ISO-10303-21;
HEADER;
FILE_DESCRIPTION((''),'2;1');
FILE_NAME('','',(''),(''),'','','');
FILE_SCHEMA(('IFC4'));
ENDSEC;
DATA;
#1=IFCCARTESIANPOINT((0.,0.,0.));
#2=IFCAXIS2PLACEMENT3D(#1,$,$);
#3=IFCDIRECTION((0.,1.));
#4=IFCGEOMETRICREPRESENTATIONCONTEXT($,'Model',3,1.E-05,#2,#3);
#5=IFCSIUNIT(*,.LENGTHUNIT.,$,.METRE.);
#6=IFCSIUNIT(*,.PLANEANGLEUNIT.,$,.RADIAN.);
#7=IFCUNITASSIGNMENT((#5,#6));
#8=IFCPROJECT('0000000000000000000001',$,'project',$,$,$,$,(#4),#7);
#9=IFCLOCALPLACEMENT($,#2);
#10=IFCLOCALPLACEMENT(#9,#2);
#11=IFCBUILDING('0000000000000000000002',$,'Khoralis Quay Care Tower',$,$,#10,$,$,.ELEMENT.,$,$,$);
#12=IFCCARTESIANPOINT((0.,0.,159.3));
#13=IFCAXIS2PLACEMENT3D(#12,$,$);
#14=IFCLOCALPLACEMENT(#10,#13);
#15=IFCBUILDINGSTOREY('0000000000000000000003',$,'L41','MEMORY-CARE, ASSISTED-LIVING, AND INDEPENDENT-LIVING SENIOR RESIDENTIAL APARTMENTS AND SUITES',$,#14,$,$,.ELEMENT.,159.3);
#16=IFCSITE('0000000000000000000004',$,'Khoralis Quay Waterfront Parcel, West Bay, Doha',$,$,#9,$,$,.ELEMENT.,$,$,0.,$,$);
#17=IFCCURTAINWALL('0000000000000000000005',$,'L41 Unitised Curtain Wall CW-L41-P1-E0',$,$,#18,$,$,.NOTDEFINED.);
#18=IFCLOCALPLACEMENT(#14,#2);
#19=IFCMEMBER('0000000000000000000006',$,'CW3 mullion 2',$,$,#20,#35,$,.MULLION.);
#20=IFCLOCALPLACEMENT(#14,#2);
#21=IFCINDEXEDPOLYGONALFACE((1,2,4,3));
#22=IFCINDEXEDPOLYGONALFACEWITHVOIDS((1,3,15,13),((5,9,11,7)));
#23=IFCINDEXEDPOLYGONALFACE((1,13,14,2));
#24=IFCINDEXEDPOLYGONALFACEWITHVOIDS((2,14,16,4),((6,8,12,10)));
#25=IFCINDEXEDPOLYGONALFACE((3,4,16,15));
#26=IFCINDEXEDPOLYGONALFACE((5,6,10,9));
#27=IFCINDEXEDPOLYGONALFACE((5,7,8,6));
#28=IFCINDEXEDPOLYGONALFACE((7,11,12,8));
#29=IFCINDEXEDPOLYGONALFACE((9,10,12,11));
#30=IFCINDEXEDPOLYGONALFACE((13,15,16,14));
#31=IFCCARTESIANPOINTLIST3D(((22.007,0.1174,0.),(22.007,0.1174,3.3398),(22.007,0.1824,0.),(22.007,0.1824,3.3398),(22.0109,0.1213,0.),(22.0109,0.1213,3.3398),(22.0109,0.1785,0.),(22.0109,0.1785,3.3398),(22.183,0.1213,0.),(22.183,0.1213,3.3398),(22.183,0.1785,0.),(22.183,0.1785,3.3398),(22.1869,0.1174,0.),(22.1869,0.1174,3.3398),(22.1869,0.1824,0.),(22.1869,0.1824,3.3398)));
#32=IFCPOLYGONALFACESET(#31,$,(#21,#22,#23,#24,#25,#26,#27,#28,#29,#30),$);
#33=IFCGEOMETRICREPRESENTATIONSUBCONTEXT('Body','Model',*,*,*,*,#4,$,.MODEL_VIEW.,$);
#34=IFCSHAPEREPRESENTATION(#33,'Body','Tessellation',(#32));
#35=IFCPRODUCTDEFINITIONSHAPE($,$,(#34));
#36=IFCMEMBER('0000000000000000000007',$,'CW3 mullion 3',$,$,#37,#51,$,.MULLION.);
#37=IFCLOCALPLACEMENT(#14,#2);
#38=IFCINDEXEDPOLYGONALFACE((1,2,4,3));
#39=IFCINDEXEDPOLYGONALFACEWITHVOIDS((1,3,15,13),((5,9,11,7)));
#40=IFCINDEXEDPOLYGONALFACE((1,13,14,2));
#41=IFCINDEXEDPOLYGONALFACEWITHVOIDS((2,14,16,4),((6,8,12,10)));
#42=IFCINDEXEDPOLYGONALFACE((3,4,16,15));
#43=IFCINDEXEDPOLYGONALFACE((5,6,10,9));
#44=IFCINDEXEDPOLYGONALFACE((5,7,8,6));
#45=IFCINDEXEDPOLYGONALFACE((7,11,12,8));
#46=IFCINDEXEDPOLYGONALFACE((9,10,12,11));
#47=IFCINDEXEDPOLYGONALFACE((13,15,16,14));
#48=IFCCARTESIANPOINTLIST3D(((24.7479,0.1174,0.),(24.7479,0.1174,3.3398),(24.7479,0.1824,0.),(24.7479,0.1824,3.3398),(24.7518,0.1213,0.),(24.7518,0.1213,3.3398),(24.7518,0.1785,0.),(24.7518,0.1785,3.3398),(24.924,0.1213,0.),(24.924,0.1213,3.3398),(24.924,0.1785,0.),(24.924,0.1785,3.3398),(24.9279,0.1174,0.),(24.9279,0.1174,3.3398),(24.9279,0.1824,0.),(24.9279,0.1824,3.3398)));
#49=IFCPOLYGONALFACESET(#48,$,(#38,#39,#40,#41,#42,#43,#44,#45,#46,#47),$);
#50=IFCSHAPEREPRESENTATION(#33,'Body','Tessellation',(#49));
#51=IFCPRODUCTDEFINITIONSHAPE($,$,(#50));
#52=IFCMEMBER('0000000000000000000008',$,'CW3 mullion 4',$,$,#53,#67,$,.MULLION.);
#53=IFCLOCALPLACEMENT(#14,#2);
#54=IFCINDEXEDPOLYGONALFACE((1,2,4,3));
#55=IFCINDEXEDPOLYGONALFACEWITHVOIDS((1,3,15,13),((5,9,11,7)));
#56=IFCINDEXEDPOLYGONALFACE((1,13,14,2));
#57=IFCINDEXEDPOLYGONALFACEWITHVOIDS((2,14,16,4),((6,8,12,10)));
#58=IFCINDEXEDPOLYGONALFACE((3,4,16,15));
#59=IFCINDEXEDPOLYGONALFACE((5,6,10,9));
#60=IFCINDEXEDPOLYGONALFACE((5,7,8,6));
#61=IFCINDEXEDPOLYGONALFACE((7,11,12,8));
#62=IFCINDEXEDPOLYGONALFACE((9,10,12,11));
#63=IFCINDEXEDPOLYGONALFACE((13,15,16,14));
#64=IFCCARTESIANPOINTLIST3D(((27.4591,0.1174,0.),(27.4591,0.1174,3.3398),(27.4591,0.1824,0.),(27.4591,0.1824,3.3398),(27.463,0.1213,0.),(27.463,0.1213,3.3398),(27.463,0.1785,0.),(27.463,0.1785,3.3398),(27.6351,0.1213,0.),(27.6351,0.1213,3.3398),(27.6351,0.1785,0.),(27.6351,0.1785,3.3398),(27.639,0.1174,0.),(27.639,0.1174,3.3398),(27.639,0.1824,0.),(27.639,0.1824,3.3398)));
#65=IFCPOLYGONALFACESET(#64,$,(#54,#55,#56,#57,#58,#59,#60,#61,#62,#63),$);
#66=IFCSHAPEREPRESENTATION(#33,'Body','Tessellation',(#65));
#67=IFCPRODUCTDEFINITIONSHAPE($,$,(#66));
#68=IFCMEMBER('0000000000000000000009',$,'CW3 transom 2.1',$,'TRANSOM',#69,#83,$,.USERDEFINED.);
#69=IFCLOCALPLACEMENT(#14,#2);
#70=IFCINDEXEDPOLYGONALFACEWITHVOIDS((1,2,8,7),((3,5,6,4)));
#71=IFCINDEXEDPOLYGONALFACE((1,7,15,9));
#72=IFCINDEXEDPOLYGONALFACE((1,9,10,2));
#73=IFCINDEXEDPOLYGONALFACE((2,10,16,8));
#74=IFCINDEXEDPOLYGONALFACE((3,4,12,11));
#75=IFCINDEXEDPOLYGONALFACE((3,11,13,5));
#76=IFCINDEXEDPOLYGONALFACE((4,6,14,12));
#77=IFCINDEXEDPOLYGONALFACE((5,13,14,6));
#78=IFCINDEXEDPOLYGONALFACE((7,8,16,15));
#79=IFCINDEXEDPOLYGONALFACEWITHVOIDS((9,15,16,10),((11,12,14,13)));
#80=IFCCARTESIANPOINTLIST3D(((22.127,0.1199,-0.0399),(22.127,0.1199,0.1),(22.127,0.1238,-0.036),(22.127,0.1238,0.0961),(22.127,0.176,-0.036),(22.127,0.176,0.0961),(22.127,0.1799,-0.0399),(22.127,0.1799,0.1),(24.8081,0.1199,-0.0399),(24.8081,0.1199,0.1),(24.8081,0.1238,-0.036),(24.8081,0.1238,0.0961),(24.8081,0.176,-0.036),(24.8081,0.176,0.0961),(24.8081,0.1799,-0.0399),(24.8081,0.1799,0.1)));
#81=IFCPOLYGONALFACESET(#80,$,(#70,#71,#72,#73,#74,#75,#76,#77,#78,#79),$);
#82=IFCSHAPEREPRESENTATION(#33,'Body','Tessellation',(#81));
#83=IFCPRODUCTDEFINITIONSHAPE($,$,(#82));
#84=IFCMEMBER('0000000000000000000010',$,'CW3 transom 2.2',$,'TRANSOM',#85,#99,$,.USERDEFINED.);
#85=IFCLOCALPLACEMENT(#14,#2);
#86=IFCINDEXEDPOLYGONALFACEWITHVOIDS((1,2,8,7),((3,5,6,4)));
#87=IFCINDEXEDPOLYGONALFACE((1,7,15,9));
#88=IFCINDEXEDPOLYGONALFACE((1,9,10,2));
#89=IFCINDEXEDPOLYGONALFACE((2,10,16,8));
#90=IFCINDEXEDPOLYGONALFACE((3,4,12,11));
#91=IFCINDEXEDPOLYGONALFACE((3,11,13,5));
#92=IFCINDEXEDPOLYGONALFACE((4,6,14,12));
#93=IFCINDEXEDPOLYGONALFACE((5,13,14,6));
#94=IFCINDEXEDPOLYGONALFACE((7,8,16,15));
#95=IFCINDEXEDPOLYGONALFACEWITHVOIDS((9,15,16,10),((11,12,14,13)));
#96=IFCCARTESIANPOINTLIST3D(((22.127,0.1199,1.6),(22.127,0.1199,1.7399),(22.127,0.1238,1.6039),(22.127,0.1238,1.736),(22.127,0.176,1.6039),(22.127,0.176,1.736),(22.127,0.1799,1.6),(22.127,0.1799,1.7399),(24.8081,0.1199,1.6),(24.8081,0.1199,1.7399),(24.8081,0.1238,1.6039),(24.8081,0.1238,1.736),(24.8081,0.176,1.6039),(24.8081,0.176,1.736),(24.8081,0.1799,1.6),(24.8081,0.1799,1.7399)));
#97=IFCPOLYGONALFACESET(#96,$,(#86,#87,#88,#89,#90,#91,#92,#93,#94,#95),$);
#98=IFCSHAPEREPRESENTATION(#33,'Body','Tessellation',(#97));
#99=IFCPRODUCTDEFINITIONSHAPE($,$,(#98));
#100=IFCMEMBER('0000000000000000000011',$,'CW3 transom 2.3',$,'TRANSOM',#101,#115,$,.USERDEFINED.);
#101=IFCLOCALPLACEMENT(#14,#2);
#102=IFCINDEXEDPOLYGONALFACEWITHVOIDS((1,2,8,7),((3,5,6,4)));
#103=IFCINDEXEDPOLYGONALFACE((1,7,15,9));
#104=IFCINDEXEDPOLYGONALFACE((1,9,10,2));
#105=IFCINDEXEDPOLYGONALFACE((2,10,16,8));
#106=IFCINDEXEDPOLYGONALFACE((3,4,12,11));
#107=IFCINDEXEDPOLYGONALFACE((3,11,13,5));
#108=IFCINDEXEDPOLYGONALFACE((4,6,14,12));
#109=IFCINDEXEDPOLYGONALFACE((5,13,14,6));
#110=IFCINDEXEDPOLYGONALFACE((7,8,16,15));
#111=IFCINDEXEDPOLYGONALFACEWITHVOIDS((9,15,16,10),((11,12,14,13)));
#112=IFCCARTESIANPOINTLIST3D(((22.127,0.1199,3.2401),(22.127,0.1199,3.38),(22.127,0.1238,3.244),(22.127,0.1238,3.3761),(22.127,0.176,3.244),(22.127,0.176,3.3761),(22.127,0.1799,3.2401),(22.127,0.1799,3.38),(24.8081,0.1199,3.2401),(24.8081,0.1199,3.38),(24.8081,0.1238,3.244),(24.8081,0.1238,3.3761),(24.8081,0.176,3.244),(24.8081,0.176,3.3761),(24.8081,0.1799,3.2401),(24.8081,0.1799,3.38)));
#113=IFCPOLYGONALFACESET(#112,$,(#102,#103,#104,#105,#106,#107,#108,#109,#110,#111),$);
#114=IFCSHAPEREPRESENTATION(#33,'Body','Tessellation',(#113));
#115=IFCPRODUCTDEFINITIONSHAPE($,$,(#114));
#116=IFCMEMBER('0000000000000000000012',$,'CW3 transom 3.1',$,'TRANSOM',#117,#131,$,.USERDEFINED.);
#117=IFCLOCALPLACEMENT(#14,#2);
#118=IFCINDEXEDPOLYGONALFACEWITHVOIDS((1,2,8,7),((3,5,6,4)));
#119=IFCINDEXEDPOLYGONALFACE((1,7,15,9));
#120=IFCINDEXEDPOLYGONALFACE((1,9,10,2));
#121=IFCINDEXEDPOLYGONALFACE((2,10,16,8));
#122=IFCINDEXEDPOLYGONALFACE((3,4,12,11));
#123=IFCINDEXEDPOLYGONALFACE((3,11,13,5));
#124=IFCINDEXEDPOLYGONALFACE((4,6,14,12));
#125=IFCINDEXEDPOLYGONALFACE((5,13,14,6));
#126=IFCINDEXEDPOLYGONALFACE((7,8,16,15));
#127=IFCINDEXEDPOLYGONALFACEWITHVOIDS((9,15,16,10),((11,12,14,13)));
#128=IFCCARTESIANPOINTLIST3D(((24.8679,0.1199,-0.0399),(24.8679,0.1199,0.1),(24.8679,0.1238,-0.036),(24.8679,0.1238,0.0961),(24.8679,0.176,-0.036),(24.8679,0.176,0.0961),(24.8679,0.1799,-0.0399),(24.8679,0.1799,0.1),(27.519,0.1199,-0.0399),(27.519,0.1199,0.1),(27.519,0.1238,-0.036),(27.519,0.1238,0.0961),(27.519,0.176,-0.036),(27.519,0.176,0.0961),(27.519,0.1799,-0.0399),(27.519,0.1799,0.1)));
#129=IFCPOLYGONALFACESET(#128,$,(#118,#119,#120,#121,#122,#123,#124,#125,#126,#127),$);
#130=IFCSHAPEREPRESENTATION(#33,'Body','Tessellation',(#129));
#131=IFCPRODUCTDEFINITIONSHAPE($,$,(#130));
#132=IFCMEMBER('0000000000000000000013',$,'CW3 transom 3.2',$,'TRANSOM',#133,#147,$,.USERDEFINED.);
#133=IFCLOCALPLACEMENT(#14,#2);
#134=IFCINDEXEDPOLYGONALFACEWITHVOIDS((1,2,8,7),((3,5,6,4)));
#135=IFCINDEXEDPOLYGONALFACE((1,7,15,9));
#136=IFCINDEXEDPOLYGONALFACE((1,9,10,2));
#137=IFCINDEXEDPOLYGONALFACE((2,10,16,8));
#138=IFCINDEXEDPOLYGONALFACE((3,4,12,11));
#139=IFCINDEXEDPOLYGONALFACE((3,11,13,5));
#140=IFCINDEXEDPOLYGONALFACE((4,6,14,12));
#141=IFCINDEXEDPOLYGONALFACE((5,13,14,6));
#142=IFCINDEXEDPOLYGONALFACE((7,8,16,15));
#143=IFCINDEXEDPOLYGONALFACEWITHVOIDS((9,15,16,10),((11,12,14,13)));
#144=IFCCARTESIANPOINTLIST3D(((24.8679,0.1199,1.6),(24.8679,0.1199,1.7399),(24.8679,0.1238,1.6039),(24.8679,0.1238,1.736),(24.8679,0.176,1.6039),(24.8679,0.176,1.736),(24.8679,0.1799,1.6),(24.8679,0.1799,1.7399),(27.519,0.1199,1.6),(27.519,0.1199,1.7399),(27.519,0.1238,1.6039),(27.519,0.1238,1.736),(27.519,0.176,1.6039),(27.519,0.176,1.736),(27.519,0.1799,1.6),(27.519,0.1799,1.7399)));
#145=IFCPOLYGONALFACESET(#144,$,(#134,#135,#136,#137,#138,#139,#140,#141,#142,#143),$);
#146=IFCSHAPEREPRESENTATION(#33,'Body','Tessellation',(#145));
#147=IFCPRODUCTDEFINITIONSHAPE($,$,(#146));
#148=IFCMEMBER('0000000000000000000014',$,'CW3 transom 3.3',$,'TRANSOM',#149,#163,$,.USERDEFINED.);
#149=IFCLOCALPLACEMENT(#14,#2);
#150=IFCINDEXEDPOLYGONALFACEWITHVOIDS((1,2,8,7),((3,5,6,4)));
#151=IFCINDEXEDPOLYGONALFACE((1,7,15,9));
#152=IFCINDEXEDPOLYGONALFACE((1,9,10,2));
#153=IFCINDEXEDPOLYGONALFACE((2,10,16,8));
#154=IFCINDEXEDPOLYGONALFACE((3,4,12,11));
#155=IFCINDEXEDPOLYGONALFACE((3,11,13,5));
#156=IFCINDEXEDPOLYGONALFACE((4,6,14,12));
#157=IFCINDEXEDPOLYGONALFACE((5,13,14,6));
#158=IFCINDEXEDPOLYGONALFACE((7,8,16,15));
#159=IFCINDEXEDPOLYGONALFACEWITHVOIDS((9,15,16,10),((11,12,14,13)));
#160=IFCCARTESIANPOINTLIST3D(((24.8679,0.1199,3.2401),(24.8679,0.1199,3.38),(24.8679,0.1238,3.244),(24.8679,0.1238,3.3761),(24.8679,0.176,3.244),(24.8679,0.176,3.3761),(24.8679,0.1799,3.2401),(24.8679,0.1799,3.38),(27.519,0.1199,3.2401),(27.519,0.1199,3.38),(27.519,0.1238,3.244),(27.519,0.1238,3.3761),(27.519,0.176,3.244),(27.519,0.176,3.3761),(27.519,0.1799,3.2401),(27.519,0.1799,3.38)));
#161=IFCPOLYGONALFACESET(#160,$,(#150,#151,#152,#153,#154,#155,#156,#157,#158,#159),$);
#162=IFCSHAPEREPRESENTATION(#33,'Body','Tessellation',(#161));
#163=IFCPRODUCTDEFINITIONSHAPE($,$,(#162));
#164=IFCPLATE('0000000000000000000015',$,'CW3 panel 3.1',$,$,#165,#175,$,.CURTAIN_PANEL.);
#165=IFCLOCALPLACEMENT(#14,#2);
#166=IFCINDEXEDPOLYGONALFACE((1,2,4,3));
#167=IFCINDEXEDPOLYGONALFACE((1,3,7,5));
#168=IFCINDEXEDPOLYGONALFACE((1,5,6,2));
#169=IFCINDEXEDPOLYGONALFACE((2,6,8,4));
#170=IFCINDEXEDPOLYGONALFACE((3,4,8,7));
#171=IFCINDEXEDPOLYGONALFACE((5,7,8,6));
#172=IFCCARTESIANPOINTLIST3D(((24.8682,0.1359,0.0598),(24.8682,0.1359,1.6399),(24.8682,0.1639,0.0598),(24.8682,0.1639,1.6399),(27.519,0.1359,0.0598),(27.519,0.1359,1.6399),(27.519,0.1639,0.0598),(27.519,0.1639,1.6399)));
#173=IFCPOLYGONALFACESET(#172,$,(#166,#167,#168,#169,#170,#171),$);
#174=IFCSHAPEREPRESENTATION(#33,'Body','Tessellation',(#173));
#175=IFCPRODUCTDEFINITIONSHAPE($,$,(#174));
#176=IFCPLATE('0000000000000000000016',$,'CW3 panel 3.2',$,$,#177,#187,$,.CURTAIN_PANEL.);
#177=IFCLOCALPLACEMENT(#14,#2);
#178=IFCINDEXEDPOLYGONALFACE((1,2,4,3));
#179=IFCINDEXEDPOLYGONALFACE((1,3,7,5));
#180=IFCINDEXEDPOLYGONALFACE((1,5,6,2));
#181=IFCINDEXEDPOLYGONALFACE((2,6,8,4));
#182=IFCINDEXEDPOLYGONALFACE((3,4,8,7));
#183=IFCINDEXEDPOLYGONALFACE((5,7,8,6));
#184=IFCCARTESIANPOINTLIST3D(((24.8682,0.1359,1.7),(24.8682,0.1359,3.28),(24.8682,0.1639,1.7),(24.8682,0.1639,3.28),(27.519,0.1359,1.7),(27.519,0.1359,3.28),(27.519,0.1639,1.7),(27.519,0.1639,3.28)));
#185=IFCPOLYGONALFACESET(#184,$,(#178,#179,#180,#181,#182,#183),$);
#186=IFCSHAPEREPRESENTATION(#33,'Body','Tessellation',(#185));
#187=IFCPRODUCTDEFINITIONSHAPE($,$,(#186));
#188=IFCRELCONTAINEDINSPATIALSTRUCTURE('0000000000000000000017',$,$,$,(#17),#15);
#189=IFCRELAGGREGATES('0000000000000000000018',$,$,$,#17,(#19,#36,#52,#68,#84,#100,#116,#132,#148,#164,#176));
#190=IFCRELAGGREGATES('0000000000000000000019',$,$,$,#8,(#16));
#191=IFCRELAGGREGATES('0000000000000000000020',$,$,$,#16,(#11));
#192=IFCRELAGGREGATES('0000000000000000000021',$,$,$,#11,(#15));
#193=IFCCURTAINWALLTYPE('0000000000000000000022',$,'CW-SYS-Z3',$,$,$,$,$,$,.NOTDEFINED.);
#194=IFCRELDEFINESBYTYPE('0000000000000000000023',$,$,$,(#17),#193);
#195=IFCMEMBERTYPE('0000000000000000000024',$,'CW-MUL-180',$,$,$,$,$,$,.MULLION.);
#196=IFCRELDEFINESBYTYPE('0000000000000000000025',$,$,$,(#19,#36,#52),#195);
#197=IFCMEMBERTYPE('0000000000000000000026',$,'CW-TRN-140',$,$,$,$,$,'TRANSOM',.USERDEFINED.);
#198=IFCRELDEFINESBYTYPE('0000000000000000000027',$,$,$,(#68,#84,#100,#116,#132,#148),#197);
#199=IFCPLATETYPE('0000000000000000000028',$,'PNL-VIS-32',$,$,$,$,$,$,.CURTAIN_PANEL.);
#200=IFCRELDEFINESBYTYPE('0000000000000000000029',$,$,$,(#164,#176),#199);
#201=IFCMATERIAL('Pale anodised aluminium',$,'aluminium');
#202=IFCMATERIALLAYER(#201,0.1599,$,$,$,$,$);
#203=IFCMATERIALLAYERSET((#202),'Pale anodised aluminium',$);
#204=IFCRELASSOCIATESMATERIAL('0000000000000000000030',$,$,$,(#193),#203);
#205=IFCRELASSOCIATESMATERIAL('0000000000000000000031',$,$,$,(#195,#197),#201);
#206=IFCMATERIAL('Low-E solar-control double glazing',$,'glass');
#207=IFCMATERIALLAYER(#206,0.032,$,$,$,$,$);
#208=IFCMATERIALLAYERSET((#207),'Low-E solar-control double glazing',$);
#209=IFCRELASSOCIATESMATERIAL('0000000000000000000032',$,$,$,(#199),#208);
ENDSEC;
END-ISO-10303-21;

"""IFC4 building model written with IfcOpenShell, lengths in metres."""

from ifc_helpers import new_model, si_unit, direction, frame, origin, origin_2d, place, context, subcontext, project, spatial, rectangle, hollow_rectangle, extrude, source, transform, mapped, material, layer, layer_set, material_profile, profile_set, type_object, element, aggregate, save


model = new_model("IFC4")

# Units and contexts
model_context = context("Model", 3, precision=1e-05, world=origin(), true_north=direction((0.0, 1.0)))
body_context = subcontext(model_context, "Body", "Model", "MODEL_VIEW")
ifc_project = project(units=[si_unit("LENGTHUNIT", "METRE"), si_unit("PLANEANGLEUNIT", "RADIAN")], contexts=[model_context])

# Site, building, storey
site_placement = place(None, origin())
site = spatial("IfcSite", under=ifc_project, at=site_placement, Name="Khoralis Quay Waterfront Parcel, West Bay, Doha", CompositionType="ELEMENT", RefElevation=0.0)
building_placement = place(site_placement, origin())
building = spatial("IfcBuilding", under=site, at=building_placement, Name="Khoralis Quay Care Tower", CompositionType="ELEMENT")
storey_placement = place(building_placement, frame((0.0, 0.0, 159.3)))
storey = spatial("IfcBuildingStorey", under=building, at=storey_placement, Name="L41", Description="MEMORY-CARE, ASSISTED-LIVING, AND INDEPENDENT-LIVING SENIOR RESIDENTIAL APARTMENTS AND SUITES", CompositionType="ELEMENT", Elevation=159.3)

# Curtain wall, members, plates
ifc_material_1 = material(Name="Pale anodised aluminium", Category="aluminium")
ifc_layer_1 = layer(ifc_material_1, 0.1599)
ifc_layer_set_1 = layer_set([ifc_layer_1], Name="Pale anodised aluminium")
curtain_wall_type = type_object("IfcCurtainWallType", Name="CW-SYS-Z3", PredefinedType="NOTDEFINED", material=ifc_layer_set_1)
curtain_wall_placement = place(storey_placement, origin())
curtain_wall = element("IfcCurtainWall", 1, at=curtain_wall_placement, inside=storey, type_object=curtain_wall_type, Name="L41 Unitised Curtain Wall CW-L41-P1-E0", PredefinedType="NOTDEFINED")
ifc_material_profile_1 = material_profile(ifc_material_1, hollow_rectangle(XDim=0.0649, YDim=0.1799, WallThickness=0.0039, at=origin_2d()), Name="Pale anodised aluminium")
ifc_profile_set_1 = profile_set([ifc_material_profile_1], Name="Pale anodised aluminium")
member_type_1 = type_object("IfcMemberType", Name="CW-MUL-180", PredefinedType="MULLION", material=ifc_profile_set_1)
shared_shape_1 = source(origin(), body_context, "Body", "SweptSolid", [
    extrude(hollow_rectangle(XDim=0.0649, YDim=0.1799, WallThickness=0.0039, at=origin_2d()), origin(), (0.0, 0.0, 1.0), 3.3398),
])
member_1_placement = place(storey_placement, frame((22.0969, 0.1499, 0.0), z_axis=(0.0, 0.0, 1.0), x_axis=(0.0, 1.0, 0.0)))
member_1 = element("IfcMember", 2, at=member_1_placement, type_object=member_type_1, Name="CW3 mullion 2", PredefinedType="MULLION", context=body_context, shape_type="MappedRepresentation", body=[
    mapped(shared_shape_1, transform((0.0, 0.0, 0.0), scale=1.0)),
])
member_2_placement = place(storey_placement, frame((24.8379, 0.1499, 0.0), z_axis=(0.0, 0.0, 1.0), x_axis=(0.0, 1.0, 0.0)))
member_2 = element("IfcMember", 3, at=member_2_placement, type_object=member_type_1, Name="CW3 mullion 3", PredefinedType="MULLION", context=body_context, shape_type="MappedRepresentation", body=[
    mapped(shared_shape_1, transform((0.0, 0.0, 0.0), scale=1.0)),
])
member_3_placement = place(storey_placement, frame((27.5491, 0.1499, 0.0), z_axis=(0.0, 0.0, 1.0), x_axis=(0.0, 1.0, 0.0)))
member_3 = element("IfcMember", 4, at=member_3_placement, type_object=member_type_1, Name="CW3 mullion 4", PredefinedType="MULLION", context=body_context, shape_type="MappedRepresentation", body=[
    mapped(shared_shape_1, transform((0.0, 0.0, 0.0), scale=1.0)),
])
ifc_material_profile_2 = material_profile(ifc_material_1, hollow_rectangle(XDim=0.0601, YDim=0.1399, WallThickness=0.0039, at=origin_2d()), Name="Pale anodised aluminium")
ifc_profile_set_2 = profile_set([ifc_material_profile_2], Name="Pale anodised aluminium")
member_type_2 = type_object("IfcMemberType", Name="CW-TRN-140", ElementType="TRANSOM", PredefinedType="USERDEFINED", material=ifc_profile_set_2)
shared_shape_2 = source(origin(), body_context, "Body", "SweptSolid", [
    extrude(hollow_rectangle(XDim=0.0601, YDim=0.1399, WallThickness=0.0039, at=origin_2d()), origin(), (0.0, 0.0, 1.0), 2.6812),
])
member_4_placement = place(storey_placement, frame((22.127, 0.1499, 0.03), z_axis=(1.0, 0.0, 0.0), x_axis=(0.0, 1.0, 0.0)))
member_4 = element("IfcMember", 5, at=member_4_placement, type_object=member_type_2, Name="CW3 transom 2.1", ObjectType="TRANSOM", PredefinedType="USERDEFINED", context=body_context, shape_type="MappedRepresentation", body=[
    mapped(shared_shape_2, transform((0.0, 0.0, 0.0), scale=1.0)),
])
member_5_placement = place(storey_placement, frame((22.127, 0.1499, 1.6699), z_axis=(1.0, 0.0, 0.0), x_axis=(0.0, 1.0, 0.0)))
member_5 = element("IfcMember", 6, at=member_5_placement, type_object=member_type_2, Name="CW3 transom 2.2", ObjectType="TRANSOM", PredefinedType="USERDEFINED", context=body_context, shape_type="MappedRepresentation", body=[
    mapped(shared_shape_2, transform((0.0, 0.0, 0.0), scale=1.0)),
])
member_6_placement = place(storey_placement, frame((22.127, 0.1499, 3.3101), z_axis=(1.0, 0.0, 0.0), x_axis=(0.0, 1.0, 0.0)))
member_6 = element("IfcMember", 7, at=member_6_placement, type_object=member_type_2, Name="CW3 transom 2.3", ObjectType="TRANSOM", PredefinedType="USERDEFINED", context=body_context, shape_type="MappedRepresentation", body=[
    mapped(shared_shape_2, transform((0.0, 0.0, 0.0), scale=1.0)),
])
shared_shape_3 = source(origin(), body_context, "Body", "SweptSolid", [
    extrude(hollow_rectangle(XDim=0.0601, YDim=0.1399, WallThickness=0.0039, at=origin_2d()), origin(), (0.0, 0.0, 1.0), 2.6511),
])
member_7_placement = place(storey_placement, frame((24.8679, 0.1499, 0.03), z_axis=(1.0, 0.0, 0.0), x_axis=(0.0, 1.0, 0.0)))
member_7 = element("IfcMember", 8, at=member_7_placement, type_object=member_type_2, Name="CW3 transom 3.1", ObjectType="TRANSOM", PredefinedType="USERDEFINED", context=body_context, shape_type="MappedRepresentation", body=[
    mapped(shared_shape_3, transform((0.0, 0.0, 0.0), scale=1.0)),
])
member_8_placement = place(storey_placement, frame((24.8679, 0.1499, 1.6699), z_axis=(1.0, 0.0, 0.0), x_axis=(0.0, 1.0, 0.0)))
member_8 = element("IfcMember", 9, at=member_8_placement, type_object=member_type_2, Name="CW3 transom 3.2", ObjectType="TRANSOM", PredefinedType="USERDEFINED", context=body_context, shape_type="MappedRepresentation", body=[
    mapped(shared_shape_3, transform((0.0, 0.0, 0.0), scale=1.0)),
])
member_9_placement = place(storey_placement, frame((24.8679, 0.1499, 3.3101), z_axis=(1.0, 0.0, 0.0), x_axis=(0.0, 1.0, 0.0)))
member_9 = element("IfcMember", 10, at=member_9_placement, type_object=member_type_2, Name="CW3 transom 3.3", ObjectType="TRANSOM", PredefinedType="USERDEFINED", context=body_context, shape_type="MappedRepresentation", body=[
    mapped(shared_shape_3, transform((0.0, 0.0, 0.0), scale=1.0)),
])
ifc_material_2 = material(Name="Low-E solar-control double glazing", Category="glass")
ifc_layer_2 = layer(ifc_material_2, 0.032)
ifc_layer_set_2 = layer_set([ifc_layer_2], Name="Low-E solar-control double glazing")
plate_type = type_object("IfcPlateType", Name="PNL-VIS-32", PredefinedType="CURTAIN_PANEL", material=ifc_layer_set_2)
shared_shape_4 = source(origin(), body_context, "Body", "SweptSolid", [
    extrude(rectangle(XDim=2.6509, YDim=0.0281, at=origin_2d()), origin(), (0.0, 0.0, 1.0), 1.5801),
])
plate_1_placement = place(storey_placement, frame((26.1936, 0.1499, 0.0598), z_axis=(0.0, 0.0, 1.0), x_axis=(1.0, 0.0, 0.0)))
plate_1 = element("IfcPlate", 11, at=plate_1_placement, type_object=plate_type, Name="CW3 panel 3.1", PredefinedType="CURTAIN_PANEL", context=body_context, shape_type="MappedRepresentation", body=[
    mapped(shared_shape_4, transform((0.0, 0.0, 0.0), scale=1.0)),
])
plate_2_placement = place(storey_placement, frame((26.1936, 0.1499, 1.7), z_axis=(0.0, 0.0, 1.0), x_axis=(1.0, 0.0, 0.0)))
plate_2 = element("IfcPlate", 12, at=plate_2_placement, type_object=plate_type, Name="CW3 panel 3.2", PredefinedType="CURTAIN_PANEL", context=body_context, shape_type="MappedRepresentation", body=[
    mapped(shared_shape_4, transform((0.0, 0.0, 0.0), scale=1.0)),
])
aggregate(curtain_wall, [member_1, member_2, member_3, member_4, member_5, member_6, member_7, member_8, member_9, plate_1, plate_2])

save(model, "model.ifc")
